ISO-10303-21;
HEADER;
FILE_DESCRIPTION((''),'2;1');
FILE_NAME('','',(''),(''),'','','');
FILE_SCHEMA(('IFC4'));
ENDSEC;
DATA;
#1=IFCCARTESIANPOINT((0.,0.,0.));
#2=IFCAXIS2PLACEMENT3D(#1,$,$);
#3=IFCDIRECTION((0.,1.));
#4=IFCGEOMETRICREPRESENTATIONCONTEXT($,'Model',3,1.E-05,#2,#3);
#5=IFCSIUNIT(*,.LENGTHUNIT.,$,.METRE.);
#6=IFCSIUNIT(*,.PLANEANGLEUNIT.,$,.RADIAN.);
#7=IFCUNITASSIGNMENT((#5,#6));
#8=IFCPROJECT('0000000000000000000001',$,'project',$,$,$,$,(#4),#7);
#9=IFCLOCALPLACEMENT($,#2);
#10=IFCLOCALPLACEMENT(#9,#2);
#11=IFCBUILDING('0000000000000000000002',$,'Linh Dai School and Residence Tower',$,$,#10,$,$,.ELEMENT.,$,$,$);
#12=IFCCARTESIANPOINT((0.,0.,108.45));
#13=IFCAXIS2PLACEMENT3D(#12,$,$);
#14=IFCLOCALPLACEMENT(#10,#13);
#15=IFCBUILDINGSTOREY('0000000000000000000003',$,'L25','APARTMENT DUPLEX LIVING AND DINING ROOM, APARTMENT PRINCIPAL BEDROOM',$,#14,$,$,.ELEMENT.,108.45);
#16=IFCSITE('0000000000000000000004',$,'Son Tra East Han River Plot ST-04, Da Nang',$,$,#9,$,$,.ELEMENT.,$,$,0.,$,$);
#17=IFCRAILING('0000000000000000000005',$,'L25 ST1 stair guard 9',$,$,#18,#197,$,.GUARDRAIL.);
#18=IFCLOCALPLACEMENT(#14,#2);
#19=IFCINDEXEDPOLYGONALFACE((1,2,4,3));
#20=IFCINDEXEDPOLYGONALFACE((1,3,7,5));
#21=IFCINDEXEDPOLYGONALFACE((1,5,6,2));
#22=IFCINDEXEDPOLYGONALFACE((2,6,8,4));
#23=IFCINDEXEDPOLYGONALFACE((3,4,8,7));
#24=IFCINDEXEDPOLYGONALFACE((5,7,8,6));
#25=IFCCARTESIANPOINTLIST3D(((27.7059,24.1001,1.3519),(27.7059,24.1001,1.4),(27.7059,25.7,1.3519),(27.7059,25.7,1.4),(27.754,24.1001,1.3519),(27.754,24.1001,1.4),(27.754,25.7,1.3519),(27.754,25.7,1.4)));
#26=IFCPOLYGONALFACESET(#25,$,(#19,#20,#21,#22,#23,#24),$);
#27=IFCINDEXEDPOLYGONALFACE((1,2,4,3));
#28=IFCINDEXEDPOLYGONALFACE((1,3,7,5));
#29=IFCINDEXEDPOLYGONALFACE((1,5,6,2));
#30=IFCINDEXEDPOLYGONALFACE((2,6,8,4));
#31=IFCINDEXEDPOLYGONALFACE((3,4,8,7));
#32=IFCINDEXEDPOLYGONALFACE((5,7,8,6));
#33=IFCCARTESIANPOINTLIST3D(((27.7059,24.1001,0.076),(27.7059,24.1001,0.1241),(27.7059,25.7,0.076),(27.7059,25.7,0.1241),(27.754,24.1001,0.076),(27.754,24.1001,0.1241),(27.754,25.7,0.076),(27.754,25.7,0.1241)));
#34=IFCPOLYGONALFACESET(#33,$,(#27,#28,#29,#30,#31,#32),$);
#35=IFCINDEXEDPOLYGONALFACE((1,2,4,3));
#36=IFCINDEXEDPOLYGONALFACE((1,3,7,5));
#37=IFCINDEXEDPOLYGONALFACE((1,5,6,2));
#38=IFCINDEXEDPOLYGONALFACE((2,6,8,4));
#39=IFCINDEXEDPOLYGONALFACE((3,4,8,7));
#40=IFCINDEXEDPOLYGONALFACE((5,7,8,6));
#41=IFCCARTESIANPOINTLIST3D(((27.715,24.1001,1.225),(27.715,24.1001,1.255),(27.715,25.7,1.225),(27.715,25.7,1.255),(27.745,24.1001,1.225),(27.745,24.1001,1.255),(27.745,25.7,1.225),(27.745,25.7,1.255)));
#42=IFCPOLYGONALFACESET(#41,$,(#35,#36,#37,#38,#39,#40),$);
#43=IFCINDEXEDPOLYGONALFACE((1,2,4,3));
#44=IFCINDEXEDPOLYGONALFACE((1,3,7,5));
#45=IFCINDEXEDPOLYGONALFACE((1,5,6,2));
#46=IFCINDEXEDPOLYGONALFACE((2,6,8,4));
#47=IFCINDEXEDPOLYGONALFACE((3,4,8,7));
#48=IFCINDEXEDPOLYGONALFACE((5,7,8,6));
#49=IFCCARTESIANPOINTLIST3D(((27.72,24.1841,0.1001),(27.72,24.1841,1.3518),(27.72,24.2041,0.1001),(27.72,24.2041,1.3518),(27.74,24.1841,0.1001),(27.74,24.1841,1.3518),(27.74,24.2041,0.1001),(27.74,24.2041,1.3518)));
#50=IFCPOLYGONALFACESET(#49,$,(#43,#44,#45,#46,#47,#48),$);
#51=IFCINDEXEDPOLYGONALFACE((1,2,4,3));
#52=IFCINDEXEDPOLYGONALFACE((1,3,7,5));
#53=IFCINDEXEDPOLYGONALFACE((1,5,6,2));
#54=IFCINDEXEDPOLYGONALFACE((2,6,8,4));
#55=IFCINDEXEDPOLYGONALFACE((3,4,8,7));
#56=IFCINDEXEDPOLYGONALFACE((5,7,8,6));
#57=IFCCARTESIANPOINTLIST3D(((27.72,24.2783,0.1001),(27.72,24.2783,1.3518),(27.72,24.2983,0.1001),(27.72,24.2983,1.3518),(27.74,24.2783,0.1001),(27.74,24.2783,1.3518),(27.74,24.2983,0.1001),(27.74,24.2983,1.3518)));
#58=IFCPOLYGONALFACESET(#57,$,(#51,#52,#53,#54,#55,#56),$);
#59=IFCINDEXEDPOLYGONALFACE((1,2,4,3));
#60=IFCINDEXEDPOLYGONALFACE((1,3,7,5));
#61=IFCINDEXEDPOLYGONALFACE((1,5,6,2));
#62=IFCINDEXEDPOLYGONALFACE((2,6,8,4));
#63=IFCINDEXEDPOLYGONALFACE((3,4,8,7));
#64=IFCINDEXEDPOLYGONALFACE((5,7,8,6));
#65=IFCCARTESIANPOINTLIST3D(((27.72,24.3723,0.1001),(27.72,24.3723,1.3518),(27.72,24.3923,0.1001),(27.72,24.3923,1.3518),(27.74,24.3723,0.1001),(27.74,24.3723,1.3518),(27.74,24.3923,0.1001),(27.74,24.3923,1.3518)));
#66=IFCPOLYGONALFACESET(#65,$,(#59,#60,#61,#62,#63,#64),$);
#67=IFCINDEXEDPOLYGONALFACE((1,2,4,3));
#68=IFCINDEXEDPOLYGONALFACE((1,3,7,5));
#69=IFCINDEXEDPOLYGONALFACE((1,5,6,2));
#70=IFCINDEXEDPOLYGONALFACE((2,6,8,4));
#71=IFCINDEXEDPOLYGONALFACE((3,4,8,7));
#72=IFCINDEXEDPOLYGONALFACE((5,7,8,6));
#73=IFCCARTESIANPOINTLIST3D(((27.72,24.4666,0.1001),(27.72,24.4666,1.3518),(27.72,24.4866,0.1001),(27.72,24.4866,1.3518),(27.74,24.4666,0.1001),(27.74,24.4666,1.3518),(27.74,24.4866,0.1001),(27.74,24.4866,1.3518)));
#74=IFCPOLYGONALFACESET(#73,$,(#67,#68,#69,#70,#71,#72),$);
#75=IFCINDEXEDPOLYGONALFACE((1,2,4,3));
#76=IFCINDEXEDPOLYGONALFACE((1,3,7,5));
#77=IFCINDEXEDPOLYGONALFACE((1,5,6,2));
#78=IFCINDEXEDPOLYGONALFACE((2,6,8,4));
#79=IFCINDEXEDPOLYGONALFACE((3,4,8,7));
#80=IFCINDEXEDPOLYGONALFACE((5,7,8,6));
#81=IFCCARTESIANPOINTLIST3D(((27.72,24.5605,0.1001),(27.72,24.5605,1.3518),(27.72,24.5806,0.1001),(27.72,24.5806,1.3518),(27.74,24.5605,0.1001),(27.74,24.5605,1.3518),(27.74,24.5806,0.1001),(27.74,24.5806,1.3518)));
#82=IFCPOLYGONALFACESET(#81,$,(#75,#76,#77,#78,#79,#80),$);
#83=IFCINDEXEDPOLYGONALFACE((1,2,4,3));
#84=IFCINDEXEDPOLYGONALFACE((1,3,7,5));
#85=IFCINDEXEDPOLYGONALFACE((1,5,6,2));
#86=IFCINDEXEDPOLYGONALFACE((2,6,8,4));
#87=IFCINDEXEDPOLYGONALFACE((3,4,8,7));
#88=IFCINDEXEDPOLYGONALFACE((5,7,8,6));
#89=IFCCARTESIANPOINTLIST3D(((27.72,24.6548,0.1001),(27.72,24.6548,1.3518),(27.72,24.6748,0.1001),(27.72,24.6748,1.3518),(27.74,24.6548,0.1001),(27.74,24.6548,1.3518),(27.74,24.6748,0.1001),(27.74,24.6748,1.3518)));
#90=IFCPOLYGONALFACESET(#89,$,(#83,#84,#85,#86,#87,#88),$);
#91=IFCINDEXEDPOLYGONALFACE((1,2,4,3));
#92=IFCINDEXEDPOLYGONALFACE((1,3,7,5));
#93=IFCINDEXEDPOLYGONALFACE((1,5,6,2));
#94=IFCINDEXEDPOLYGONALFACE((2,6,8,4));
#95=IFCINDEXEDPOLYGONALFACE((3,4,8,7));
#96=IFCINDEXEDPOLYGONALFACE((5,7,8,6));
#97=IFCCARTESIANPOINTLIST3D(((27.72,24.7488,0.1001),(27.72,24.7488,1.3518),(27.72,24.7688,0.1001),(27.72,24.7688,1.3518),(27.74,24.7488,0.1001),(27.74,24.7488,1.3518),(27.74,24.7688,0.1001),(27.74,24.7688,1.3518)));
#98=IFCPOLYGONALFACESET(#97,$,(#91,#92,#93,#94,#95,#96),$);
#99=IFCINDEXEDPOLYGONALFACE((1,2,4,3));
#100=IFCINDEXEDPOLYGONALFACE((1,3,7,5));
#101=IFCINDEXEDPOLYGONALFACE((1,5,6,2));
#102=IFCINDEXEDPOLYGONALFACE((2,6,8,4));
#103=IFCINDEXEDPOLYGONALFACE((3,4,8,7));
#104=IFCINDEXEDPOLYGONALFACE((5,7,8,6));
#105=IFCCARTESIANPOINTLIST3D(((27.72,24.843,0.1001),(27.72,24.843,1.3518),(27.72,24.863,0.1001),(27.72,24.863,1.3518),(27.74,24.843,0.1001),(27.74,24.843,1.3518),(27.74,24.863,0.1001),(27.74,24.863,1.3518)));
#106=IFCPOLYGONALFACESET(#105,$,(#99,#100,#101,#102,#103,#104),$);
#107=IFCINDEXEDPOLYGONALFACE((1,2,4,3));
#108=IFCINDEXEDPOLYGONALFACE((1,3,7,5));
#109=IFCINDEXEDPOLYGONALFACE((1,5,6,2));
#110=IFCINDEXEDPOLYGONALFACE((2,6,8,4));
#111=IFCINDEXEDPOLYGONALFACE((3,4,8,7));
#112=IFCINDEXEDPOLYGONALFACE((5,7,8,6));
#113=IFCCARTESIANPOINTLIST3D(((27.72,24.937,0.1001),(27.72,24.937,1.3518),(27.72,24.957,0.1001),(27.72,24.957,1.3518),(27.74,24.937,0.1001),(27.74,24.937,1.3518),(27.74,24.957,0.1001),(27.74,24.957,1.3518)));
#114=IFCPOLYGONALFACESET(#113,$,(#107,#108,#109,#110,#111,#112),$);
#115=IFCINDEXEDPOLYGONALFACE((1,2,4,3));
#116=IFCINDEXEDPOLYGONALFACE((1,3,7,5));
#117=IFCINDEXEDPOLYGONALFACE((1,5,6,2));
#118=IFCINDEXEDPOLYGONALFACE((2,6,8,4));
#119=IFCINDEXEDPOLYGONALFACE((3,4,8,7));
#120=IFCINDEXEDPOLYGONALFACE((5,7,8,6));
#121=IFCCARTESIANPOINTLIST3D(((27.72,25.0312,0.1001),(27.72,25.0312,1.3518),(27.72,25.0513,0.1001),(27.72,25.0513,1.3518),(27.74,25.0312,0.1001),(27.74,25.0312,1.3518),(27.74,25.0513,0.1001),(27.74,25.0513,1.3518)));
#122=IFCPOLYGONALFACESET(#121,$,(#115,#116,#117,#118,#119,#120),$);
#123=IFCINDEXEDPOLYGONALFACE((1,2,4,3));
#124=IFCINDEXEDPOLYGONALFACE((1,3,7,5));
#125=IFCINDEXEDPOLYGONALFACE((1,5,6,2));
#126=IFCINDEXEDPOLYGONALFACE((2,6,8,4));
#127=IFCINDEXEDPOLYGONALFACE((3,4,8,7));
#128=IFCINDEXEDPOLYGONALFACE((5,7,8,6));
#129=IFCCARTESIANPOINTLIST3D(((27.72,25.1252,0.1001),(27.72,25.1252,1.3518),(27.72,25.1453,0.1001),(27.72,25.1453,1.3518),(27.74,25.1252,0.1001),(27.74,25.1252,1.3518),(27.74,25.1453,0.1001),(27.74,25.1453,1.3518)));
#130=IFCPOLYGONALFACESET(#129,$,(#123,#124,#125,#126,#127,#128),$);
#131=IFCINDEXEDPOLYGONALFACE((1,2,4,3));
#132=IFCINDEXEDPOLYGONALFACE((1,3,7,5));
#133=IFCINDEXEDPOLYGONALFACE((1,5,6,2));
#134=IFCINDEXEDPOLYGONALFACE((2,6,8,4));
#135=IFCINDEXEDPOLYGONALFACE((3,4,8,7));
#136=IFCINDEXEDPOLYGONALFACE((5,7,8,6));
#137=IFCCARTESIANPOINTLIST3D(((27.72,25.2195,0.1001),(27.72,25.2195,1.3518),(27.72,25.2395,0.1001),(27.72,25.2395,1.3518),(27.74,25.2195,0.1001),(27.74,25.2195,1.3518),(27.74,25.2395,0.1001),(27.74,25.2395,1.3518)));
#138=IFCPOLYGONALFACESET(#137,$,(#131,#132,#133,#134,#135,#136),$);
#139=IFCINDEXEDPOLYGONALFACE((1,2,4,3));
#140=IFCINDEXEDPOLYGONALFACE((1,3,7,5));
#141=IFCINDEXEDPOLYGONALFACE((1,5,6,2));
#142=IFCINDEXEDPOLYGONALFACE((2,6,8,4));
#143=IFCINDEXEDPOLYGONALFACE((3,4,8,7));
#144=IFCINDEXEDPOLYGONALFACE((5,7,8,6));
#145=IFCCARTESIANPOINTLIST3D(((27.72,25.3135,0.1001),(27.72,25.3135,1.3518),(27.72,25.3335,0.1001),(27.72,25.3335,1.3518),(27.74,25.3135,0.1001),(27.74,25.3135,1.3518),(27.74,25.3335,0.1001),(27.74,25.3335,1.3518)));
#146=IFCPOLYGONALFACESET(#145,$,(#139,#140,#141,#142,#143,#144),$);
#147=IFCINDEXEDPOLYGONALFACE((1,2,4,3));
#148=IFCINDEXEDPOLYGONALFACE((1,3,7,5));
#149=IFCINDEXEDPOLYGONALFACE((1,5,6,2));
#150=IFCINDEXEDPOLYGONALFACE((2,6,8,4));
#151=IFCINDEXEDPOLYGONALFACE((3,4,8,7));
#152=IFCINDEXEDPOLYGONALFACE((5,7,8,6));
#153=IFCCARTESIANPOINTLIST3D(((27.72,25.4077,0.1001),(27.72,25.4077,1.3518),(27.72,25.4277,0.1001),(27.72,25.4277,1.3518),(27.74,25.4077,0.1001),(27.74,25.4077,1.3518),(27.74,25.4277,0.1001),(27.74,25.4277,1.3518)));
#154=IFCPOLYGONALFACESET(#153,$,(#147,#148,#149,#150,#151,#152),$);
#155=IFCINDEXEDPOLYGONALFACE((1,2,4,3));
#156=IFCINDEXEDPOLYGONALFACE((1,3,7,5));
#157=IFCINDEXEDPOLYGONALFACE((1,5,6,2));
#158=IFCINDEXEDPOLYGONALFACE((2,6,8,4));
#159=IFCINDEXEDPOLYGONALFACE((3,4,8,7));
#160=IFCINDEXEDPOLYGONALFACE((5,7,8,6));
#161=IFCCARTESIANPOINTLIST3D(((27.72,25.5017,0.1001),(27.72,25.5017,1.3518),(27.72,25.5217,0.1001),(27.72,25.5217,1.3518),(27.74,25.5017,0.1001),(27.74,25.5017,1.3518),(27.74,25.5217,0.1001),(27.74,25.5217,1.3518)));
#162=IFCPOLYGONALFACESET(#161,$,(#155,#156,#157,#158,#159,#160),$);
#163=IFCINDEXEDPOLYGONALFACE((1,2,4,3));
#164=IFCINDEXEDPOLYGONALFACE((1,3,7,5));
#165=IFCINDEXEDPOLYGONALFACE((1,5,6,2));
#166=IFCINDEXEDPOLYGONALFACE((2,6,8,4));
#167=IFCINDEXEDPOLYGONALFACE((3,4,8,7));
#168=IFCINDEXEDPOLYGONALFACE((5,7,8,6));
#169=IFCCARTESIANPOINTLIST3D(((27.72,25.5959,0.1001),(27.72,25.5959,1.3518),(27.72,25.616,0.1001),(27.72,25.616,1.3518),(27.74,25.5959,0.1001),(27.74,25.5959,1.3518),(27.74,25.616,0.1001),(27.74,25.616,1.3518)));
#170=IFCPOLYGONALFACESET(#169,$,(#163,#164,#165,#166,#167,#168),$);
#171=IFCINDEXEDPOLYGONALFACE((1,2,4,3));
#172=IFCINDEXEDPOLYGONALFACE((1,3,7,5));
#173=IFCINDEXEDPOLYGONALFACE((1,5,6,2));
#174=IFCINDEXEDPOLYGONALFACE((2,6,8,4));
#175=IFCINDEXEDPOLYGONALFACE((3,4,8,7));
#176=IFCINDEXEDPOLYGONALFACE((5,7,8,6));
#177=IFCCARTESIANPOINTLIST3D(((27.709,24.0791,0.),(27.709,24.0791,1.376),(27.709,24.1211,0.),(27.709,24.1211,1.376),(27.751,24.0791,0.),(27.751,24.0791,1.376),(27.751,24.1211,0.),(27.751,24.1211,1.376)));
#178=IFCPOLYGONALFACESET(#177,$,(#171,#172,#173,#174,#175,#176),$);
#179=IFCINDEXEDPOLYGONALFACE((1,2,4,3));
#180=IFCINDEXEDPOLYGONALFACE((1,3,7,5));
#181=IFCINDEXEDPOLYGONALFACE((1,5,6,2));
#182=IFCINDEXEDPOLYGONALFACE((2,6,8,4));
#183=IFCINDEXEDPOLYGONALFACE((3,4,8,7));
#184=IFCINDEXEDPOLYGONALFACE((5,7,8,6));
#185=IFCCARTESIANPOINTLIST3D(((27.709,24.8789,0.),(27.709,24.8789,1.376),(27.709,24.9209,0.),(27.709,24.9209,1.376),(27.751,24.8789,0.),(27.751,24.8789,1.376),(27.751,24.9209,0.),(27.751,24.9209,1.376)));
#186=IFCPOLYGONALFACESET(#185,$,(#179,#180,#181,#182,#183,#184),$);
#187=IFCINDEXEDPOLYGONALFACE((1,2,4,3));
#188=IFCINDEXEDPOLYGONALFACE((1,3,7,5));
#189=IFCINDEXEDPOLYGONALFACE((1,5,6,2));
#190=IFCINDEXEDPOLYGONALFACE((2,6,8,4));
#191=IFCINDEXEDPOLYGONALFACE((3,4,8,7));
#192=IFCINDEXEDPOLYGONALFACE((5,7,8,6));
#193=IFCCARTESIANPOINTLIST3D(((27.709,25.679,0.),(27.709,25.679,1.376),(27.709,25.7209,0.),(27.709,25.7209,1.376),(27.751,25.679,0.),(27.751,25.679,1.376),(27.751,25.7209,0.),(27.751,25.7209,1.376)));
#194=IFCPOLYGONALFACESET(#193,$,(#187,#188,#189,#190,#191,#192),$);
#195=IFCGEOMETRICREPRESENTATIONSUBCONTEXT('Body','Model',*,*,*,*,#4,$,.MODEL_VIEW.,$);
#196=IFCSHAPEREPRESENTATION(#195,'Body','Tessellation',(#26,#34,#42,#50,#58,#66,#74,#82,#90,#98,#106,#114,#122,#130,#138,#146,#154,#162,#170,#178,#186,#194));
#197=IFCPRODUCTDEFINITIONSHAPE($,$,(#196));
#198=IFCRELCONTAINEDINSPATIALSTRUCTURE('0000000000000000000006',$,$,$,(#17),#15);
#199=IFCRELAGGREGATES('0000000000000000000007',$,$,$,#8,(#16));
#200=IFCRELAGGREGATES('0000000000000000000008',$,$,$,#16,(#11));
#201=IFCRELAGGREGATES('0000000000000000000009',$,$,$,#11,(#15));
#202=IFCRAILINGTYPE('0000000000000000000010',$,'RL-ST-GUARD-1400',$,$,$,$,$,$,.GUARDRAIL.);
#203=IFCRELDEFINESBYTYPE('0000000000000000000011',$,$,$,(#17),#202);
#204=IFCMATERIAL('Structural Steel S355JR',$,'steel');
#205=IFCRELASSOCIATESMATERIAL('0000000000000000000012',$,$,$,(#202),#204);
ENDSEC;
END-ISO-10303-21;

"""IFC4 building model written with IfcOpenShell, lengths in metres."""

from ifc_helpers import new_model, si_unit, direction, frame, origin, origin_2d, place, context, subcontext, project, spatial, rectangle, extrude, source, transform, mapped, material, type_object, element, save


model = new_model("IFC4")

# Units and contexts
model_context = context("Model", 3, precision=1e-05, world=origin(), true_north=direction((0.0, 1.0)))
body_context = subcontext(model_context, "Body", "Model", "MODEL_VIEW")
ifc_project = project(units=[si_unit("LENGTHUNIT", "METRE"), si_unit("PLANEANGLEUNIT", "RADIAN")], contexts=[model_context])

# Site, building, storey
site_placement = place(None, origin())
site = spatial("IfcSite", under=ifc_project, at=site_placement, Name="Son Tra East Han River Plot ST-04, Da Nang", CompositionType="ELEMENT", RefElevation=0.0)
building_placement = place(site_placement, origin())
building = spatial("IfcBuilding", under=site, at=building_placement, Name="Linh Dai School and Residence Tower", CompositionType="ELEMENT")
storey_placement = place(building_placement, frame((0.0, 0.0, 108.45)))
storey = spatial("IfcBuildingStorey", under=building, at=storey_placement, Name="L25", Description="APARTMENT DUPLEX LIVING AND DINING ROOM, APARTMENT PRINCIPAL BEDROOM", CompositionType="ELEMENT", Elevation=108.45)

# Shared definitions
ifc_material_1 = material(Name="Structural Steel S355JR", Category="steel")

# Railing
railing_type_1 = type_object("IfcRailingType", Name="RL-ST-GUARD-1400", PredefinedType="GUARDRAIL", material=ifc_material_1)
shared_shape_1 = source(origin(), body_context, "Body", "SweptSolid", [
    extrude(rectangle(XDim=0.0481, YDim=0.0481, at=origin_2d()), frame((0.0, 0.0, 1.376), z_axis=(0.0, 1.0, 0.0), x_axis=(-1.0, 0.0, 0.0)), (0.0, 0.0, 1.0), 1.5999),
    extrude(rectangle(XDim=0.0481, YDim=0.0481, at=origin_2d()), frame((0.0, 0.0, 0.1001), z_axis=(0.0, 1.0, 0.0), x_axis=(-1.0, 0.0, 0.0)), (0.0, 0.0, 1.0), 1.5999),
    extrude(rectangle(XDim=0.03, YDim=0.03, at=origin_2d()), frame((0.0, 0.0, 1.24), z_axis=(0.0, 1.0, 0.0), x_axis=(-1.0, 0.0, 0.0)), (0.0, 0.0, 1.0), 1.5999),
    extrude(rectangle(XDim=0.02, YDim=0.02, at=origin_2d()), frame((0.0, 0.094, 0.1001)), (0.0, 0.0, 1.0), 1.2517),
    extrude(rectangle(XDim=0.02, YDim=0.02, at=origin_2d()), frame((0.0, 0.1882, 0.1001)), (0.0, 0.0, 1.0), 1.2517),
    extrude(rectangle(XDim=0.02, YDim=0.02, at=origin_2d()), frame((0.0, 0.2822, 0.1001)), (0.0, 0.0, 1.0), 1.2517),
    extrude(rectangle(XDim=0.02, YDim=0.02, at=origin_2d()), frame((0.0, 0.3765, 0.1001)), (0.0, 0.0, 1.0), 1.2517),
    extrude(rectangle(XDim=0.02, YDim=0.02, at=origin_2d()), frame((0.0, 0.4705, 0.1001)), (0.0, 0.0, 1.0), 1.2517),
    extrude(rectangle(XDim=0.02, YDim=0.02, at=origin_2d()), frame((0.0, 0.5647, 0.1001)), (0.0, 0.0, 1.0), 1.2517),
    extrude(rectangle(XDim=0.02, YDim=0.02, at=origin_2d()), frame((0.0, 0.6587, 0.1001)), (0.0, 0.0, 1.0), 1.2517),
    extrude(rectangle(XDim=0.02, YDim=0.02, at=origin_2d()), frame((0.0, 0.7529, 0.1001)), (0.0, 0.0, 1.0), 1.2517),
    extrude(rectangle(XDim=0.02, YDim=0.02, at=origin_2d()), frame((0.0, 0.8469, 0.1001)), (0.0, 0.0, 1.0), 1.2517),
    extrude(rectangle(XDim=0.02, YDim=0.02, at=origin_2d()), frame((0.0, 0.9412, 0.1001)), (0.0, 0.0, 1.0), 1.2517),
    extrude(rectangle(XDim=0.02, YDim=0.02, at=origin_2d()), frame((0.0, 1.0352, 0.1001)), (0.0, 0.0, 1.0), 1.2517),
    extrude(rectangle(XDim=0.02, YDim=0.02, at=origin_2d()), frame((0.0, 1.1294, 0.1001)), (0.0, 0.0, 1.0), 1.2517),
    extrude(rectangle(XDim=0.02, YDim=0.02, at=origin_2d()), frame((0.0, 1.2234, 0.1001)), (0.0, 0.0, 1.0), 1.2517),
    extrude(rectangle(XDim=0.02, YDim=0.02, at=origin_2d()), frame((0.0, 1.3176, 0.1001)), (0.0, 0.0, 1.0), 1.2517),
    extrude(rectangle(XDim=0.02, YDim=0.02, at=origin_2d()), frame((0.0, 1.4116, 0.1001)), (0.0, 0.0, 1.0), 1.2517),
    extrude(rectangle(XDim=0.02, YDim=0.02, at=origin_2d()), frame((0.0, 1.5059, 0.1001)), (0.0, 0.0, 1.0), 1.2517),
    extrude(rectangle(XDim=0.042, YDim=0.042, at=origin_2d()), origin(), (0.0, 0.0, 1.0), 1.376),
    extrude(rectangle(XDim=0.042, YDim=0.042, at=origin_2d()), frame((0.0, 0.7998, 0.0)), (0.0, 0.0, 1.0), 1.376),
    extrude(rectangle(XDim=0.042, YDim=0.042, at=origin_2d()), frame((0.0, 1.5999, 0.0)), (0.0, 0.0, 1.0), 1.376),
])
for number, where, name in (
    (1, (27.73, 24.1001, 0.0), "L25 ST1 stair guard 9"),
):
    element("IfcRailing", number, at=place(storey_placement, frame(where)), inside=storey, type_object=railing_type_1, Name=name, PredefinedType="GUARDRAIL", context=body_context, shape_type="MappedRepresentation", body=[
        mapped(shared_shape_1, transform((0.0, 0.0, 0.0), x_axis=(1.0, 0.0, 0.0), y_axis=(0.0, 1.0, 0.0), z_axis=(0.0, 0.0, 1.0), scale=1.0)),
    ])

save(model, "model.ifc")
